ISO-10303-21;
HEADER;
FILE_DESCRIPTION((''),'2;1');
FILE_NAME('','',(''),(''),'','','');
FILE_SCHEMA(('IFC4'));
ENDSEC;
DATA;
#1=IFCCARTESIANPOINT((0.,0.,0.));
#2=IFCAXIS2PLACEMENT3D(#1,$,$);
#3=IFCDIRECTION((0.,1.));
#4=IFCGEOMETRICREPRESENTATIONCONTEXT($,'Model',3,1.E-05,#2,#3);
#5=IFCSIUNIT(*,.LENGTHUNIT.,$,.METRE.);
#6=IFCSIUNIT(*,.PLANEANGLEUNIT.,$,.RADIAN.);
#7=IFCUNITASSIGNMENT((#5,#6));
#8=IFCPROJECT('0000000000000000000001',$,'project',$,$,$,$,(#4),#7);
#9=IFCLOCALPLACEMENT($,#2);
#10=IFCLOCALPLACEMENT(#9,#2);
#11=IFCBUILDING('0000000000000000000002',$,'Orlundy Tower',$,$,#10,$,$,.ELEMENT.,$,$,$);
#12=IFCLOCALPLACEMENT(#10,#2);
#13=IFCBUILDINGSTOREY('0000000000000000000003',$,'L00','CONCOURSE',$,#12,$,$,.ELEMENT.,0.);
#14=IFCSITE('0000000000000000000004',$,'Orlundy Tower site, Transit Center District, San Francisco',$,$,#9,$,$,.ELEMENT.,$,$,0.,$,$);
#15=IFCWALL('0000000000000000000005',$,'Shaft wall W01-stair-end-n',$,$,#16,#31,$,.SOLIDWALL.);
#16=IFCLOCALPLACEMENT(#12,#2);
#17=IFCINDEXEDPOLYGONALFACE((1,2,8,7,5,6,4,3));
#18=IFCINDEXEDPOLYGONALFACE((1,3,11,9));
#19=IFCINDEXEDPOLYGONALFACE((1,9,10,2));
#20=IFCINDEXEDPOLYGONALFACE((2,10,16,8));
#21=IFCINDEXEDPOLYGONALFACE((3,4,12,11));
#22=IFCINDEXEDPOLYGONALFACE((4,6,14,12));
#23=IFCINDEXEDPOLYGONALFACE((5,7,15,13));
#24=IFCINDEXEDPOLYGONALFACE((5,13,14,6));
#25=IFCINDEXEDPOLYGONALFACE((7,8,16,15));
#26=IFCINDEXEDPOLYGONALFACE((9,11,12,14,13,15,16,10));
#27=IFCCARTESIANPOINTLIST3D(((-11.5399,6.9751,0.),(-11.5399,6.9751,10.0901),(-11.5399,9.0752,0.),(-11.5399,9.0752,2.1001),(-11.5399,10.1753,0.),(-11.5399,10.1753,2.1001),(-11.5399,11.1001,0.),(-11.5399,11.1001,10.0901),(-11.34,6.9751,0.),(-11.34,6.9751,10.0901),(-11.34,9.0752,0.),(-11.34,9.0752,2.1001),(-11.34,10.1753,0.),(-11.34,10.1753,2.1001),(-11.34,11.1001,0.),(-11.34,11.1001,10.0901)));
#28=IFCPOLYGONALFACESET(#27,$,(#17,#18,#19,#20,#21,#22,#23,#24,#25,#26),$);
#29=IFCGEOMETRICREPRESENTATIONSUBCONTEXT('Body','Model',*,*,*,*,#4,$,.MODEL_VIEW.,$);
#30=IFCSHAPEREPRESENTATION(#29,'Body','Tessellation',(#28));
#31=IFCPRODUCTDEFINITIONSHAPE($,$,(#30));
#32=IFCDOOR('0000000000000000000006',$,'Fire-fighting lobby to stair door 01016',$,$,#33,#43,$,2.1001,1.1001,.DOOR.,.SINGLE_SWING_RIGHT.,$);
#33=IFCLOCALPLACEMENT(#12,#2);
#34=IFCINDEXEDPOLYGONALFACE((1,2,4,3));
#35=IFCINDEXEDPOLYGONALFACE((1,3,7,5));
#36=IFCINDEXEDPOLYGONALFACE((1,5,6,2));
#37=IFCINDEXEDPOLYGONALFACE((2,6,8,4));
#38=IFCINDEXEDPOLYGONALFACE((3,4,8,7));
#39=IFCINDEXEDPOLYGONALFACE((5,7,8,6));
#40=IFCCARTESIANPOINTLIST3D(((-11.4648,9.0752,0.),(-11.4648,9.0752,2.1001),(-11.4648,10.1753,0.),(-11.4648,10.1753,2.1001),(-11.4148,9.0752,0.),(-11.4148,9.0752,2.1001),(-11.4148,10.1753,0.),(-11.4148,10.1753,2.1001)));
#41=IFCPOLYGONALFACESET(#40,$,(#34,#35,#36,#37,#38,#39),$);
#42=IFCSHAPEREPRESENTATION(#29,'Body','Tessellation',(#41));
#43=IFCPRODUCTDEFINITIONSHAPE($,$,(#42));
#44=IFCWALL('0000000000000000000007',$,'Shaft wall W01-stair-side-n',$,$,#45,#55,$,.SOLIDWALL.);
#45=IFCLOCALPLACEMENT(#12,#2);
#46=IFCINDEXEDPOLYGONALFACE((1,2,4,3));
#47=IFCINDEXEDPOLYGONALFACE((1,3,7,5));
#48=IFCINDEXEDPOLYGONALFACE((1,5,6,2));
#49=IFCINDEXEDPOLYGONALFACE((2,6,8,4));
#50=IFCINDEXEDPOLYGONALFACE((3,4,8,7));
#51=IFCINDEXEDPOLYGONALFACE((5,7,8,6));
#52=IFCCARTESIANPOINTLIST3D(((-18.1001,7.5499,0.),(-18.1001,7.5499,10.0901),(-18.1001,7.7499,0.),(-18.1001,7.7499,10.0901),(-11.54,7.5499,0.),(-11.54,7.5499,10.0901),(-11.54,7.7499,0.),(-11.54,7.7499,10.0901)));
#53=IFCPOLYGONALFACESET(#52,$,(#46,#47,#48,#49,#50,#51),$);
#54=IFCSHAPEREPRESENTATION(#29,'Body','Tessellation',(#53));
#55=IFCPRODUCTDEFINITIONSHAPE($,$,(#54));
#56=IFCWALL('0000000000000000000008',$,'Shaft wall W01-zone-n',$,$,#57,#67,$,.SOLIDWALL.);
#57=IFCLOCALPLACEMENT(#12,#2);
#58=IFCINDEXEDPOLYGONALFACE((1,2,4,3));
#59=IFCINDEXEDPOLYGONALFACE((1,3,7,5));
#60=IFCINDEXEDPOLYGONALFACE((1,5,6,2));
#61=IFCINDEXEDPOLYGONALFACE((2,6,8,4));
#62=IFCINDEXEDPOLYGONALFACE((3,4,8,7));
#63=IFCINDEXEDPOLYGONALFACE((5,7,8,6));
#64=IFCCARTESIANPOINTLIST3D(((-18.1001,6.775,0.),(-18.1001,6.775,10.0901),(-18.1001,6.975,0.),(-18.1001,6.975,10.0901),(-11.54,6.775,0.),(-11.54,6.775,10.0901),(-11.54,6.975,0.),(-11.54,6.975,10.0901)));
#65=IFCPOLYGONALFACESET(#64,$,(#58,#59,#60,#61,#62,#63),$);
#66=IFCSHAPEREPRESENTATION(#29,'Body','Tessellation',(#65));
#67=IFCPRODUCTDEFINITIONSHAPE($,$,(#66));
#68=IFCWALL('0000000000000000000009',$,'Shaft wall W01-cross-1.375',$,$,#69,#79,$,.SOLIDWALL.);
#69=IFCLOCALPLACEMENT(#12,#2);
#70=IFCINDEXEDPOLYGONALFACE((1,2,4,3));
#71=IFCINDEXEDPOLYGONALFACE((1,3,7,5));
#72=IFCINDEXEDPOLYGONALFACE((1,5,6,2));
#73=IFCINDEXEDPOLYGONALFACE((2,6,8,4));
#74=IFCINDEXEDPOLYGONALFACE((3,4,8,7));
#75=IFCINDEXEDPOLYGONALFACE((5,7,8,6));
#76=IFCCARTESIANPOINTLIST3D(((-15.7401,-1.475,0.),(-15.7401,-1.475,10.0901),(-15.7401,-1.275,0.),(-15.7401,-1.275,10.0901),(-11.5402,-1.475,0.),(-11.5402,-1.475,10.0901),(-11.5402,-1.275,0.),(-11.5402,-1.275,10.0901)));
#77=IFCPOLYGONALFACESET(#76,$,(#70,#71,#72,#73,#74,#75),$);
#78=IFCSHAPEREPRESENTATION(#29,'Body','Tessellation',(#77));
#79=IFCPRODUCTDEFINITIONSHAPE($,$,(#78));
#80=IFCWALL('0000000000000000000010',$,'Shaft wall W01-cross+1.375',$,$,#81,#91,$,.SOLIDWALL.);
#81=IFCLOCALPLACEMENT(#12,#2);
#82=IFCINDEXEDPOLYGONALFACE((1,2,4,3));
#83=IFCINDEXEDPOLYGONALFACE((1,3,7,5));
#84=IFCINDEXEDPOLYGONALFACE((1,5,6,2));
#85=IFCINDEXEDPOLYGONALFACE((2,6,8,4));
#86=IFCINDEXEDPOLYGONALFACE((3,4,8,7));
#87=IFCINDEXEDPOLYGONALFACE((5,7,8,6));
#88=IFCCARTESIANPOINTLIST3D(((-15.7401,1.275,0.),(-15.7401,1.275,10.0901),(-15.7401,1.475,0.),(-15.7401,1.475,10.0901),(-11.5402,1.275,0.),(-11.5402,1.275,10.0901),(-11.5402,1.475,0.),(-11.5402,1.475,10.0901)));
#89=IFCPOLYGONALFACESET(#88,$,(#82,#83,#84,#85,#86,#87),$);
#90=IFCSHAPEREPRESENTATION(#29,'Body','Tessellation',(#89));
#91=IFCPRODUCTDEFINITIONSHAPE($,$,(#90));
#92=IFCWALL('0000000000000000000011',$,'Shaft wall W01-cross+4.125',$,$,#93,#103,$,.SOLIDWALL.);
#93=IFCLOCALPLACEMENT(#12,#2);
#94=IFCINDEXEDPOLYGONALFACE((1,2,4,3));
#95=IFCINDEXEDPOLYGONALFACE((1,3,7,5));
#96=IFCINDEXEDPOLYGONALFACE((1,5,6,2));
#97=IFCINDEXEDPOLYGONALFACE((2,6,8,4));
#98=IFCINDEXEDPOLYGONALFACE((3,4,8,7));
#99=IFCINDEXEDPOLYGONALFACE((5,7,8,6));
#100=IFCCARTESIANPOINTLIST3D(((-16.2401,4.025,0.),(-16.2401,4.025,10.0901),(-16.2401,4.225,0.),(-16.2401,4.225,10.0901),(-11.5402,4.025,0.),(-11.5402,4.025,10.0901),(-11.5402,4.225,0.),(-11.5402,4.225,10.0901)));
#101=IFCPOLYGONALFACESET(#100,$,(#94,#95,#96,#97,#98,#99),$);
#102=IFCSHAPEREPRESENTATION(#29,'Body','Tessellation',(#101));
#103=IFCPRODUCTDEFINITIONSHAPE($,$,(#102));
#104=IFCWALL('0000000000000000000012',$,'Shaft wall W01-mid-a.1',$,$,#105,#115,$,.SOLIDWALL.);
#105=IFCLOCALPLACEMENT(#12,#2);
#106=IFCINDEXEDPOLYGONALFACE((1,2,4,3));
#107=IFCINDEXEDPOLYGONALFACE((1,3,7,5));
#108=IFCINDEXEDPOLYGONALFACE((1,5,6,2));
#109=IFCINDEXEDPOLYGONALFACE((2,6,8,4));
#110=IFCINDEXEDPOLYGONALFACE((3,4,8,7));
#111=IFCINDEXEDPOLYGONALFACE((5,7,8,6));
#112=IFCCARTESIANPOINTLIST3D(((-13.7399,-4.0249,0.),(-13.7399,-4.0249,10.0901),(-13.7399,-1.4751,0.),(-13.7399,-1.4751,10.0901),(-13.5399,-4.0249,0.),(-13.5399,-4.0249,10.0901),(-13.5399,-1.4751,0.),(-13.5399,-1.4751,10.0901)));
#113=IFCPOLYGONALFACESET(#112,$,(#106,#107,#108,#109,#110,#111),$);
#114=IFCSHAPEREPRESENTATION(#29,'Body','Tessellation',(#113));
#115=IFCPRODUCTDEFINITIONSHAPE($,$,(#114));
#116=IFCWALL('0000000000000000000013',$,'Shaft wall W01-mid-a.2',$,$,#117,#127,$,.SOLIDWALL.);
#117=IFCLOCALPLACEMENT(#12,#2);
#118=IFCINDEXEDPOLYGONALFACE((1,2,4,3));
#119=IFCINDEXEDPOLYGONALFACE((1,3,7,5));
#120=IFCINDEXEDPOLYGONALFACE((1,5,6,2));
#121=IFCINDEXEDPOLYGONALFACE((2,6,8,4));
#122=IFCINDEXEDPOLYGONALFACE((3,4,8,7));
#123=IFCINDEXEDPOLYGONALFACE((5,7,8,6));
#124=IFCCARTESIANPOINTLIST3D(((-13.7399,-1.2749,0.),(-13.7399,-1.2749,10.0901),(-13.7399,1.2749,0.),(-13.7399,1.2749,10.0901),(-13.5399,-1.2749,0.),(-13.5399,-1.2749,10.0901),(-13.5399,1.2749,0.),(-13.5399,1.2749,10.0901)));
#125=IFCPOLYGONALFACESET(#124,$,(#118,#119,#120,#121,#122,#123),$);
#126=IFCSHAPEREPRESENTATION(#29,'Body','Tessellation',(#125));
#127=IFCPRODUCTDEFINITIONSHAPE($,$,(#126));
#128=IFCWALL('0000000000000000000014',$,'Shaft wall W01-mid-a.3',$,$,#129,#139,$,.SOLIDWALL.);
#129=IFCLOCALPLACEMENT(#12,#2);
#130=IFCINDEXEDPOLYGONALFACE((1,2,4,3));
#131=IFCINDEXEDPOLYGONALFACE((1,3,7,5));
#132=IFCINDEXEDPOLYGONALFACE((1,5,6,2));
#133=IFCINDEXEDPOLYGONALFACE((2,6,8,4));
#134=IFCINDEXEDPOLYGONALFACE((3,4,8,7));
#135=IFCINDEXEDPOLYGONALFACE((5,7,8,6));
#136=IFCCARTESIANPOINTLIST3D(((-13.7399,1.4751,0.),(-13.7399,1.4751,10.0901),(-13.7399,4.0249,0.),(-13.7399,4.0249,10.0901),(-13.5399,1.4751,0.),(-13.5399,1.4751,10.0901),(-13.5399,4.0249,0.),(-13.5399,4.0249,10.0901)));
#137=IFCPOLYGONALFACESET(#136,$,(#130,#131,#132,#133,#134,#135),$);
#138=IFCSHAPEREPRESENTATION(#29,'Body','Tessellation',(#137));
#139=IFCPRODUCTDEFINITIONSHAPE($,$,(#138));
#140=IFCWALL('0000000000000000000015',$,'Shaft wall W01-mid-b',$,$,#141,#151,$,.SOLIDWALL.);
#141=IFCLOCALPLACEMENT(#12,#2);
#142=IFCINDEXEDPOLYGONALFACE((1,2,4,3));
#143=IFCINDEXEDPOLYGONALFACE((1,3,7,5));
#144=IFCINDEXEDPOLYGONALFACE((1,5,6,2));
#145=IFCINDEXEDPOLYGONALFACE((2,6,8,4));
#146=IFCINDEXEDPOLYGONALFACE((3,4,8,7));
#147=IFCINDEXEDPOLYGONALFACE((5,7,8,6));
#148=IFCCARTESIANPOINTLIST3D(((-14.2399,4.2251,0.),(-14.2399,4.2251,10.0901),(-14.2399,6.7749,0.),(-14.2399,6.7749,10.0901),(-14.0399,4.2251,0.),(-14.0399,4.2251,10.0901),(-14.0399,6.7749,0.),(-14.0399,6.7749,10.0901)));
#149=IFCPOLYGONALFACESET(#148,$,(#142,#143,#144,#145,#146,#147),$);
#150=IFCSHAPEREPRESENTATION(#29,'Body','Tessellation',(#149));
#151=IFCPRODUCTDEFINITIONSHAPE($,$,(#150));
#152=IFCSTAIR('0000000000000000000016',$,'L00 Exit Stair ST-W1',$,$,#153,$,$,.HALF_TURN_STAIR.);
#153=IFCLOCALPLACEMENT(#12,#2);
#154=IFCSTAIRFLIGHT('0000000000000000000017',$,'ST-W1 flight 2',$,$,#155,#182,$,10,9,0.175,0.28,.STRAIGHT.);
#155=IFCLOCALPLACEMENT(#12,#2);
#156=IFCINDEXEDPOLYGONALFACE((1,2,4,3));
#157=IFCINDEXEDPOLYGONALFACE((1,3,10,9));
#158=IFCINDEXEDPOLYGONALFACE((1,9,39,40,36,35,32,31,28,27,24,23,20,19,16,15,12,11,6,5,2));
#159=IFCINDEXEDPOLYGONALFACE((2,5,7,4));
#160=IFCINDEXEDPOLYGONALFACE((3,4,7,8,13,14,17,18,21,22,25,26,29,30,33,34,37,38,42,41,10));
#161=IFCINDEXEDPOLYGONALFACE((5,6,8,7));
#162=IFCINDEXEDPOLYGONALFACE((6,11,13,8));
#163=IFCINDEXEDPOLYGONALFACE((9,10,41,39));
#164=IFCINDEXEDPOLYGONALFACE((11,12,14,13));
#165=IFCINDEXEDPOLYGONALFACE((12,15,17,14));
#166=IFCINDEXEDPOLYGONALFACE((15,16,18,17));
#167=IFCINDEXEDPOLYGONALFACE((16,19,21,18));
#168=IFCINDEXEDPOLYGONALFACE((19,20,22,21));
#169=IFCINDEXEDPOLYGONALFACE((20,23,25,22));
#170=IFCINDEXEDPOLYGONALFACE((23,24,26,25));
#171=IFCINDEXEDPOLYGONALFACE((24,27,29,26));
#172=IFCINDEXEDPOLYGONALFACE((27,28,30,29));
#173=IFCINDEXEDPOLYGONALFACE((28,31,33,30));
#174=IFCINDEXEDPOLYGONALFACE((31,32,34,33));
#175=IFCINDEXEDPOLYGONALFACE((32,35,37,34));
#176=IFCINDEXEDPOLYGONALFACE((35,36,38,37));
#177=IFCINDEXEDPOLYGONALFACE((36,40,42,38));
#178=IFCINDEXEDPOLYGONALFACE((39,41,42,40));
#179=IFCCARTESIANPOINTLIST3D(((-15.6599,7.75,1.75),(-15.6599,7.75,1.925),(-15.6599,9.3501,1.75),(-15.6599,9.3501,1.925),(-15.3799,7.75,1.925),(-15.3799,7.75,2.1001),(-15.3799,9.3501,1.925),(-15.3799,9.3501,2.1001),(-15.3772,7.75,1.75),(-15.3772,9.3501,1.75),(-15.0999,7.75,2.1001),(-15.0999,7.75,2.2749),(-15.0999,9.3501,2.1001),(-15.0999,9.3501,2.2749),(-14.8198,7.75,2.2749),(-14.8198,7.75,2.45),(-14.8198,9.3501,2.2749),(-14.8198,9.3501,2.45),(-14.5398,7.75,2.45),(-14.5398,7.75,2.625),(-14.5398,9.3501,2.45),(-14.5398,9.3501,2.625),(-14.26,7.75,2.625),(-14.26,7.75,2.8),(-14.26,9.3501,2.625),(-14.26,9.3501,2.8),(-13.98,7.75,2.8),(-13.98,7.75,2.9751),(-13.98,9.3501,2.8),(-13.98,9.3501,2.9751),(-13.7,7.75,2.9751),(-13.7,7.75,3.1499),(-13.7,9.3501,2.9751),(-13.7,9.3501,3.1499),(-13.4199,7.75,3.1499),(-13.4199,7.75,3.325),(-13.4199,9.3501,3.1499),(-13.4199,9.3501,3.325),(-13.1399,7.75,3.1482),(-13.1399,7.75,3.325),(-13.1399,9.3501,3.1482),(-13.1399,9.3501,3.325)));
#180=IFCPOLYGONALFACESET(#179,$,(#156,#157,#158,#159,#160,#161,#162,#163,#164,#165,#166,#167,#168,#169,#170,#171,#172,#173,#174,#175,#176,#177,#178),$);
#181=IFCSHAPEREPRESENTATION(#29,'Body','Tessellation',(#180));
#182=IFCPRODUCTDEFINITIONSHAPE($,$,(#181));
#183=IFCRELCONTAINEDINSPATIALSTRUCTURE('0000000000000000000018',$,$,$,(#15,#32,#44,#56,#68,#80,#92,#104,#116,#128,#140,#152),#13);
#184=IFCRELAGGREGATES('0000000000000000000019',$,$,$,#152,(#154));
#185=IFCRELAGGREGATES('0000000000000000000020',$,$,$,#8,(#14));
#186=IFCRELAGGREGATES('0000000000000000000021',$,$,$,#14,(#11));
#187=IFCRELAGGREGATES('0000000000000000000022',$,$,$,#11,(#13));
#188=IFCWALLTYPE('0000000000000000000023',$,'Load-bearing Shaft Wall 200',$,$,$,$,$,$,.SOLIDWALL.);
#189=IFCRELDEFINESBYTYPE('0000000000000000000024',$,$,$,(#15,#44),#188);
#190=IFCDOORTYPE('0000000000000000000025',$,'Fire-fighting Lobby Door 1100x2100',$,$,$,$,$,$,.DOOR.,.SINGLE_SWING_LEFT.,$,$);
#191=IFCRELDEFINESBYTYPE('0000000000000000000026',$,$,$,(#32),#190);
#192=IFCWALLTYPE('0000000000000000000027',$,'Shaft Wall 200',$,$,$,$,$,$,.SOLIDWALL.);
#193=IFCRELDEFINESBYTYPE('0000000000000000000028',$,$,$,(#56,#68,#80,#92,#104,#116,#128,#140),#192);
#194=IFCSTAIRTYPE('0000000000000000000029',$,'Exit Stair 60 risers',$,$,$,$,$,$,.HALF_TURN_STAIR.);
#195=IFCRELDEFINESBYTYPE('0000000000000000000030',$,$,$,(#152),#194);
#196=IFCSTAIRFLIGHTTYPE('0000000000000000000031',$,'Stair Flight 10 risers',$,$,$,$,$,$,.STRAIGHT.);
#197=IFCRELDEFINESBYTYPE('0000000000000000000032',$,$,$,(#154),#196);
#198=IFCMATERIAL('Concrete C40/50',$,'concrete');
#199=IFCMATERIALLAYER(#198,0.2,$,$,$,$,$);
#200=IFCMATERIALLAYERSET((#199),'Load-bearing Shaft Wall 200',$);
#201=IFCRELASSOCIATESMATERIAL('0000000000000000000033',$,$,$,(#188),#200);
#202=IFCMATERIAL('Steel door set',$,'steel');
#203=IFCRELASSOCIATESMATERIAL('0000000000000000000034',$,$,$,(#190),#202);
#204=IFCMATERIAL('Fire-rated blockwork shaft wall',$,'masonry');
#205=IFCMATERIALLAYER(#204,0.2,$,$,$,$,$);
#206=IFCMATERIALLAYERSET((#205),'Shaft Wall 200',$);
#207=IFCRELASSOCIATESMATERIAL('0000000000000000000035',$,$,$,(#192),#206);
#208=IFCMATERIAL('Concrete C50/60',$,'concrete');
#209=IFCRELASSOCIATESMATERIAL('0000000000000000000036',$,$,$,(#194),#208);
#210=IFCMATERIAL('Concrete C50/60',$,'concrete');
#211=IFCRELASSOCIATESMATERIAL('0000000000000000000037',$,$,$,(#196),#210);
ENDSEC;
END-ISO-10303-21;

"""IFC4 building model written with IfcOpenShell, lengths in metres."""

from ifc_helpers import new_model, si_unit, direction, frame, frame_2d, origin, place, context, subcontext, project, spatial, polyline, rectangle, outline, extrude, material, layer, layer_set, type_object, element, fill, aggregate, save


model = new_model("IFC4")

# Units and contexts
model_context = context("Model", 3, precision=1e-05, world=origin(), true_north=direction((0.0, 1.0)))
body_context = subcontext(model_context, "Body", "Model", "MODEL_VIEW")
ifc_project = project(units=[si_unit("LENGTHUNIT", "METRE"), si_unit("PLANEANGLEUNIT", "RADIAN")], contexts=[model_context])

# Site, building, storey
site_placement = place(None, origin())
site = spatial("IfcSite", under=ifc_project, at=site_placement, Name="Orlundy Tower site, Transit Center District, San Francisco", CompositionType="ELEMENT", RefElevation=0.0)
building_placement = place(site_placement, origin())
building = spatial("IfcBuilding", under=site, at=building_placement, Name="Orlundy Tower", CompositionType="ELEMENT")
storey_placement = place(building_placement, origin())
storey = spatial("IfcBuildingStorey", under=building, at=storey_placement, Name="L00", Description="CONCOURSE", CompositionType="ELEMENT", Elevation=0.0)

# Wall, opening, door
ifc_material_1 = material(Name="Concrete C40/50", Category="concrete")
ifc_layer_1 = layer(ifc_material_1, 0.2)
ifc_layer_set_1 = layer_set([ifc_layer_1], Name="Load-bearing Shaft Wall 200")
wall_type_1 = type_object("IfcWallType", Name="Load-bearing Shaft Wall 200", PredefinedType="SOLIDWALL", material=ifc_layer_set_1)
wall_1_placement = place(storey_placement, frame((-11.4399, 6.9751, 0.0), z_axis=(0.0, 0.0, 1.0), x_axis=(0.0, 1.0, 0.0)))
wall_1 = element("IfcWall", 1, at=wall_1_placement, inside=storey, type_object=wall_type_1, Name="Shaft wall W01-stair-end-n", PredefinedType="SOLIDWALL", context=body_context, shape_type="SweptSolid", body=[
    extrude(rectangle(XDim=4.125, YDim=0.2, at=frame_2d((2.0625, 0.0))), origin(), (0.0, 0.0, 1.0), 10.0901),
])
opening_placement = place(wall_1_placement, frame((2.1001, 0.0, 0.0)))
opening = element("IfcOpeningElement", 2, at=opening_placement, cuts=wall_1, PredefinedType="OPENING", context=body_context, shape_type="SweptSolid", body=[
    extrude(rectangle(XDim=1.1001, YDim=2.1001, at=frame_2d((0.55, 1.05))), frame((0.0, 0.1101, 0.0), z_axis=(0.0, -1.0, 0.0), x_axis=(1.0, 0.0, 0.0)), (0.0, 0.0, 1.0), 0.2202),
])
ifc_material_2 = material(Name="Steel door set", Category="steel")
door_type = type_object("IfcDoorType", Name="Fire-fighting Lobby Door 1100x2100", OperationType="SINGLE_SWING_LEFT", PredefinedType="DOOR", material=ifc_material_2)
door_placement = place(opening_placement, origin())
door = element("IfcDoor", 3, at=door_placement, inside=storey, type_object=door_type, Name="Fire-fighting lobby to stair door 01016", OperationType="SINGLE_SWING_RIGHT", OverallHeight=2.1001, OverallWidth=1.1001, PredefinedType="DOOR", context=body_context, shape_type="SweptSolid", body=[
    extrude(rectangle(XDim=1.1001, YDim=2.1001, at=frame_2d((0.55, 1.05))), frame((0.0, 0.0249, 0.0), z_axis=(0.0, -1.0, 0.0), x_axis=(1.0, 0.0, 0.0)), (0.0, 0.0, 1.0), 0.05),
])
fill(opening, door)

# Walls
wall_2_placement = place(storey_placement, frame((-11.54, 7.6499, 0.0), z_axis=(0.0, 0.0, 1.0), x_axis=(-1.0, 0.0, 0.0)))
element("IfcWall", 4, at=wall_2_placement, inside=storey, type_object=wall_type_1, Name="Shaft wall W01-stair-side-n", PredefinedType="SOLIDWALL", context=body_context, shape_type="SweptSolid", body=[
    extrude(rectangle(XDim=6.5601, YDim=0.2, at=frame_2d((3.28, 0.0))), origin(), (0.0, 0.0, 1.0), 10.0901),
])
ifc_material_3 = material(Name="Fire-rated blockwork shaft wall", Category="masonry")
ifc_layer_2 = layer(ifc_material_3, 0.2)
ifc_layer_set_2 = layer_set([ifc_layer_2], Name="Shaft Wall 200")
wall_type_2 = type_object("IfcWallType", Name="Shaft Wall 200", PredefinedType="SOLIDWALL", material=ifc_layer_set_2)
wall_3_placement = place(storey_placement, frame((-11.54, 6.875, 0.0), z_axis=(0.0, 0.0, 1.0), x_axis=(-1.0, 0.0, 0.0)))
element("IfcWall", 5, at=wall_3_placement, inside=storey, type_object=wall_type_2, Name="Shaft wall W01-zone-n", PredefinedType="SOLIDWALL", context=body_context, shape_type="SweptSolid", body=[
    extrude(rectangle(XDim=6.5601, YDim=0.2, at=frame_2d((3.28, 0.0))), origin(), (0.0, 0.0, 1.0), 10.0901),
])
for number, where, z_axis, x_axis, name in (
    (6, (-11.54, -1.375, 0.0), (0.0, 0.0, 1.0), (-1.0, 0.0, 0.0), "Shaft wall W01-cross-1.375"),
    (7, (-11.54, 1.375, 0.0), (0.0, 0.0, 1.0), (-1.0, 0.0, 0.0), "Shaft wall W01-cross+1.375"),
):
    element("IfcWall", number, at=place(storey_placement, frame(where, z_axis=z_axis, x_axis=x_axis)), inside=storey, type_object=wall_type_2, Name=name, PredefinedType="SOLIDWALL", context=body_context, shape_type="SweptSolid", body=[
        extrude(rectangle(XDim=4.2, YDim=0.2, at=frame_2d((2.1001, 0.0))), origin(), (0.0, 0.0, 1.0), 10.0901),
    ])
wall_4_placement = place(storey_placement, frame((-11.54, 4.125, 0.0), z_axis=(0.0, 0.0, 1.0), x_axis=(-1.0, 0.0, 0.0)))
element("IfcWall", 8, at=wall_4_placement, inside=storey, type_object=wall_type_2, Name="Shaft wall W01-cross+4.125", PredefinedType="SOLIDWALL", context=body_context, shape_type="SweptSolid", body=[
    extrude(rectangle(XDim=4.7, YDim=0.2, at=frame_2d((2.3501, 0.0))), origin(), (0.0, 0.0, 1.0), 10.0901),
])
for number, where, z_axis, x_axis, name in (
    (9, (-13.6399, -4.0249, 0.0), (0.0, 0.0, 1.0), (0.0, 1.0, 0.0), "Shaft wall W01-mid-a.1"),
    (10, (-13.6399, -1.2749, 0.0), (0.0, 0.0, 1.0), (0.0, 1.0, 0.0), "Shaft wall W01-mid-a.2"),
    (11, (-13.6399, 1.4751, 0.0), (0.0, 0.0, 1.0), (0.0, 1.0, 0.0), "Shaft wall W01-mid-a.3"),
    (12, (-14.1399, 4.2251, 0.0), (0.0, 0.0, 1.0), (0.0, 1.0, 0.0), "Shaft wall W01-mid-b"),
):
    element("IfcWall", number, at=place(storey_placement, frame(where, z_axis=z_axis, x_axis=x_axis)), inside=storey, type_object=wall_type_2, Name=name, PredefinedType="SOLIDWALL", context=body_context, shape_type="SweptSolid", body=[
        extrude(rectangle(XDim=2.5498, YDim=0.2, at=frame_2d((1.2749, 0.0))), origin(), (0.0, 0.0, 1.0), 10.0901),
    ])

# Stair, stair flight
ifc_material_4 = material(Name="Concrete C50/60", Category="concrete")
stair_type = type_object("IfcStairType", Name="Exit Stair 60 risers", PredefinedType="HALF_TURN_STAIR", material=ifc_material_4)
stair_placement = place(storey_placement, origin())
stair = element("IfcStair", 13, at=stair_placement, inside=storey, type_object=stair_type, Name="L00 Exit Stair ST-W1", PredefinedType="HALF_TURN_STAIR")
ifc_material_5 = material(Name="Concrete C50/60", Category="concrete")
stair_flight_type = type_object("IfcStairFlightType", Name="Stair Flight 10 risers", PredefinedType="STRAIGHT", material=ifc_material_5)
stair_flight_1_placement = place(storey_placement, frame((-15.6599, 8.55, 1.75), z_axis=(0.0, 0.0, 1.0), x_axis=(1.0, 0.0, 0.0)))
stair_flight_1 = element("IfcStairFlight", 14, at=stair_flight_1_placement, type_object=stair_flight_type, Name="ST-W1 flight 2", NumberOfRisers=10, NumberOfTreads=9, PredefinedType="STRAIGHT", RiserHeight=0.175, TreadLength=0.28, context=body_context, shape_type="SweptSolid", body=[
    extrude(outline(polyline([(0.0, 0.0), (0.0, 0.175), (0.28, 0.175), (0.28, 0.3501), (0.5601, 0.3501), (0.5601, 0.5249), (0.8401, 0.5249), (0.8401, 0.7), (1.1201, 0.7), (1.1201, 0.875), (1.3999, 0.875), (1.3999, 1.05), (1.6799, 1.05), (1.6799, 1.2251), (1.96, 1.2251), (1.96, 1.3999), (2.24, 1.3999), (2.24, 1.575), (2.52, 1.575), (2.52, 1.75), (2.52, 1.3982), (0.2827, 0.0), (0.0, 0.0)])), frame((0.0, 0.8, 0.0), z_axis=(0.0, -1.0, 0.0), x_axis=(1.0, 0.0, 0.0)), (0.0, 0.0, 1.0), 1.6001),
])
aggregate(stair, [stair_flight_1])

save(model, "model.ifc")
